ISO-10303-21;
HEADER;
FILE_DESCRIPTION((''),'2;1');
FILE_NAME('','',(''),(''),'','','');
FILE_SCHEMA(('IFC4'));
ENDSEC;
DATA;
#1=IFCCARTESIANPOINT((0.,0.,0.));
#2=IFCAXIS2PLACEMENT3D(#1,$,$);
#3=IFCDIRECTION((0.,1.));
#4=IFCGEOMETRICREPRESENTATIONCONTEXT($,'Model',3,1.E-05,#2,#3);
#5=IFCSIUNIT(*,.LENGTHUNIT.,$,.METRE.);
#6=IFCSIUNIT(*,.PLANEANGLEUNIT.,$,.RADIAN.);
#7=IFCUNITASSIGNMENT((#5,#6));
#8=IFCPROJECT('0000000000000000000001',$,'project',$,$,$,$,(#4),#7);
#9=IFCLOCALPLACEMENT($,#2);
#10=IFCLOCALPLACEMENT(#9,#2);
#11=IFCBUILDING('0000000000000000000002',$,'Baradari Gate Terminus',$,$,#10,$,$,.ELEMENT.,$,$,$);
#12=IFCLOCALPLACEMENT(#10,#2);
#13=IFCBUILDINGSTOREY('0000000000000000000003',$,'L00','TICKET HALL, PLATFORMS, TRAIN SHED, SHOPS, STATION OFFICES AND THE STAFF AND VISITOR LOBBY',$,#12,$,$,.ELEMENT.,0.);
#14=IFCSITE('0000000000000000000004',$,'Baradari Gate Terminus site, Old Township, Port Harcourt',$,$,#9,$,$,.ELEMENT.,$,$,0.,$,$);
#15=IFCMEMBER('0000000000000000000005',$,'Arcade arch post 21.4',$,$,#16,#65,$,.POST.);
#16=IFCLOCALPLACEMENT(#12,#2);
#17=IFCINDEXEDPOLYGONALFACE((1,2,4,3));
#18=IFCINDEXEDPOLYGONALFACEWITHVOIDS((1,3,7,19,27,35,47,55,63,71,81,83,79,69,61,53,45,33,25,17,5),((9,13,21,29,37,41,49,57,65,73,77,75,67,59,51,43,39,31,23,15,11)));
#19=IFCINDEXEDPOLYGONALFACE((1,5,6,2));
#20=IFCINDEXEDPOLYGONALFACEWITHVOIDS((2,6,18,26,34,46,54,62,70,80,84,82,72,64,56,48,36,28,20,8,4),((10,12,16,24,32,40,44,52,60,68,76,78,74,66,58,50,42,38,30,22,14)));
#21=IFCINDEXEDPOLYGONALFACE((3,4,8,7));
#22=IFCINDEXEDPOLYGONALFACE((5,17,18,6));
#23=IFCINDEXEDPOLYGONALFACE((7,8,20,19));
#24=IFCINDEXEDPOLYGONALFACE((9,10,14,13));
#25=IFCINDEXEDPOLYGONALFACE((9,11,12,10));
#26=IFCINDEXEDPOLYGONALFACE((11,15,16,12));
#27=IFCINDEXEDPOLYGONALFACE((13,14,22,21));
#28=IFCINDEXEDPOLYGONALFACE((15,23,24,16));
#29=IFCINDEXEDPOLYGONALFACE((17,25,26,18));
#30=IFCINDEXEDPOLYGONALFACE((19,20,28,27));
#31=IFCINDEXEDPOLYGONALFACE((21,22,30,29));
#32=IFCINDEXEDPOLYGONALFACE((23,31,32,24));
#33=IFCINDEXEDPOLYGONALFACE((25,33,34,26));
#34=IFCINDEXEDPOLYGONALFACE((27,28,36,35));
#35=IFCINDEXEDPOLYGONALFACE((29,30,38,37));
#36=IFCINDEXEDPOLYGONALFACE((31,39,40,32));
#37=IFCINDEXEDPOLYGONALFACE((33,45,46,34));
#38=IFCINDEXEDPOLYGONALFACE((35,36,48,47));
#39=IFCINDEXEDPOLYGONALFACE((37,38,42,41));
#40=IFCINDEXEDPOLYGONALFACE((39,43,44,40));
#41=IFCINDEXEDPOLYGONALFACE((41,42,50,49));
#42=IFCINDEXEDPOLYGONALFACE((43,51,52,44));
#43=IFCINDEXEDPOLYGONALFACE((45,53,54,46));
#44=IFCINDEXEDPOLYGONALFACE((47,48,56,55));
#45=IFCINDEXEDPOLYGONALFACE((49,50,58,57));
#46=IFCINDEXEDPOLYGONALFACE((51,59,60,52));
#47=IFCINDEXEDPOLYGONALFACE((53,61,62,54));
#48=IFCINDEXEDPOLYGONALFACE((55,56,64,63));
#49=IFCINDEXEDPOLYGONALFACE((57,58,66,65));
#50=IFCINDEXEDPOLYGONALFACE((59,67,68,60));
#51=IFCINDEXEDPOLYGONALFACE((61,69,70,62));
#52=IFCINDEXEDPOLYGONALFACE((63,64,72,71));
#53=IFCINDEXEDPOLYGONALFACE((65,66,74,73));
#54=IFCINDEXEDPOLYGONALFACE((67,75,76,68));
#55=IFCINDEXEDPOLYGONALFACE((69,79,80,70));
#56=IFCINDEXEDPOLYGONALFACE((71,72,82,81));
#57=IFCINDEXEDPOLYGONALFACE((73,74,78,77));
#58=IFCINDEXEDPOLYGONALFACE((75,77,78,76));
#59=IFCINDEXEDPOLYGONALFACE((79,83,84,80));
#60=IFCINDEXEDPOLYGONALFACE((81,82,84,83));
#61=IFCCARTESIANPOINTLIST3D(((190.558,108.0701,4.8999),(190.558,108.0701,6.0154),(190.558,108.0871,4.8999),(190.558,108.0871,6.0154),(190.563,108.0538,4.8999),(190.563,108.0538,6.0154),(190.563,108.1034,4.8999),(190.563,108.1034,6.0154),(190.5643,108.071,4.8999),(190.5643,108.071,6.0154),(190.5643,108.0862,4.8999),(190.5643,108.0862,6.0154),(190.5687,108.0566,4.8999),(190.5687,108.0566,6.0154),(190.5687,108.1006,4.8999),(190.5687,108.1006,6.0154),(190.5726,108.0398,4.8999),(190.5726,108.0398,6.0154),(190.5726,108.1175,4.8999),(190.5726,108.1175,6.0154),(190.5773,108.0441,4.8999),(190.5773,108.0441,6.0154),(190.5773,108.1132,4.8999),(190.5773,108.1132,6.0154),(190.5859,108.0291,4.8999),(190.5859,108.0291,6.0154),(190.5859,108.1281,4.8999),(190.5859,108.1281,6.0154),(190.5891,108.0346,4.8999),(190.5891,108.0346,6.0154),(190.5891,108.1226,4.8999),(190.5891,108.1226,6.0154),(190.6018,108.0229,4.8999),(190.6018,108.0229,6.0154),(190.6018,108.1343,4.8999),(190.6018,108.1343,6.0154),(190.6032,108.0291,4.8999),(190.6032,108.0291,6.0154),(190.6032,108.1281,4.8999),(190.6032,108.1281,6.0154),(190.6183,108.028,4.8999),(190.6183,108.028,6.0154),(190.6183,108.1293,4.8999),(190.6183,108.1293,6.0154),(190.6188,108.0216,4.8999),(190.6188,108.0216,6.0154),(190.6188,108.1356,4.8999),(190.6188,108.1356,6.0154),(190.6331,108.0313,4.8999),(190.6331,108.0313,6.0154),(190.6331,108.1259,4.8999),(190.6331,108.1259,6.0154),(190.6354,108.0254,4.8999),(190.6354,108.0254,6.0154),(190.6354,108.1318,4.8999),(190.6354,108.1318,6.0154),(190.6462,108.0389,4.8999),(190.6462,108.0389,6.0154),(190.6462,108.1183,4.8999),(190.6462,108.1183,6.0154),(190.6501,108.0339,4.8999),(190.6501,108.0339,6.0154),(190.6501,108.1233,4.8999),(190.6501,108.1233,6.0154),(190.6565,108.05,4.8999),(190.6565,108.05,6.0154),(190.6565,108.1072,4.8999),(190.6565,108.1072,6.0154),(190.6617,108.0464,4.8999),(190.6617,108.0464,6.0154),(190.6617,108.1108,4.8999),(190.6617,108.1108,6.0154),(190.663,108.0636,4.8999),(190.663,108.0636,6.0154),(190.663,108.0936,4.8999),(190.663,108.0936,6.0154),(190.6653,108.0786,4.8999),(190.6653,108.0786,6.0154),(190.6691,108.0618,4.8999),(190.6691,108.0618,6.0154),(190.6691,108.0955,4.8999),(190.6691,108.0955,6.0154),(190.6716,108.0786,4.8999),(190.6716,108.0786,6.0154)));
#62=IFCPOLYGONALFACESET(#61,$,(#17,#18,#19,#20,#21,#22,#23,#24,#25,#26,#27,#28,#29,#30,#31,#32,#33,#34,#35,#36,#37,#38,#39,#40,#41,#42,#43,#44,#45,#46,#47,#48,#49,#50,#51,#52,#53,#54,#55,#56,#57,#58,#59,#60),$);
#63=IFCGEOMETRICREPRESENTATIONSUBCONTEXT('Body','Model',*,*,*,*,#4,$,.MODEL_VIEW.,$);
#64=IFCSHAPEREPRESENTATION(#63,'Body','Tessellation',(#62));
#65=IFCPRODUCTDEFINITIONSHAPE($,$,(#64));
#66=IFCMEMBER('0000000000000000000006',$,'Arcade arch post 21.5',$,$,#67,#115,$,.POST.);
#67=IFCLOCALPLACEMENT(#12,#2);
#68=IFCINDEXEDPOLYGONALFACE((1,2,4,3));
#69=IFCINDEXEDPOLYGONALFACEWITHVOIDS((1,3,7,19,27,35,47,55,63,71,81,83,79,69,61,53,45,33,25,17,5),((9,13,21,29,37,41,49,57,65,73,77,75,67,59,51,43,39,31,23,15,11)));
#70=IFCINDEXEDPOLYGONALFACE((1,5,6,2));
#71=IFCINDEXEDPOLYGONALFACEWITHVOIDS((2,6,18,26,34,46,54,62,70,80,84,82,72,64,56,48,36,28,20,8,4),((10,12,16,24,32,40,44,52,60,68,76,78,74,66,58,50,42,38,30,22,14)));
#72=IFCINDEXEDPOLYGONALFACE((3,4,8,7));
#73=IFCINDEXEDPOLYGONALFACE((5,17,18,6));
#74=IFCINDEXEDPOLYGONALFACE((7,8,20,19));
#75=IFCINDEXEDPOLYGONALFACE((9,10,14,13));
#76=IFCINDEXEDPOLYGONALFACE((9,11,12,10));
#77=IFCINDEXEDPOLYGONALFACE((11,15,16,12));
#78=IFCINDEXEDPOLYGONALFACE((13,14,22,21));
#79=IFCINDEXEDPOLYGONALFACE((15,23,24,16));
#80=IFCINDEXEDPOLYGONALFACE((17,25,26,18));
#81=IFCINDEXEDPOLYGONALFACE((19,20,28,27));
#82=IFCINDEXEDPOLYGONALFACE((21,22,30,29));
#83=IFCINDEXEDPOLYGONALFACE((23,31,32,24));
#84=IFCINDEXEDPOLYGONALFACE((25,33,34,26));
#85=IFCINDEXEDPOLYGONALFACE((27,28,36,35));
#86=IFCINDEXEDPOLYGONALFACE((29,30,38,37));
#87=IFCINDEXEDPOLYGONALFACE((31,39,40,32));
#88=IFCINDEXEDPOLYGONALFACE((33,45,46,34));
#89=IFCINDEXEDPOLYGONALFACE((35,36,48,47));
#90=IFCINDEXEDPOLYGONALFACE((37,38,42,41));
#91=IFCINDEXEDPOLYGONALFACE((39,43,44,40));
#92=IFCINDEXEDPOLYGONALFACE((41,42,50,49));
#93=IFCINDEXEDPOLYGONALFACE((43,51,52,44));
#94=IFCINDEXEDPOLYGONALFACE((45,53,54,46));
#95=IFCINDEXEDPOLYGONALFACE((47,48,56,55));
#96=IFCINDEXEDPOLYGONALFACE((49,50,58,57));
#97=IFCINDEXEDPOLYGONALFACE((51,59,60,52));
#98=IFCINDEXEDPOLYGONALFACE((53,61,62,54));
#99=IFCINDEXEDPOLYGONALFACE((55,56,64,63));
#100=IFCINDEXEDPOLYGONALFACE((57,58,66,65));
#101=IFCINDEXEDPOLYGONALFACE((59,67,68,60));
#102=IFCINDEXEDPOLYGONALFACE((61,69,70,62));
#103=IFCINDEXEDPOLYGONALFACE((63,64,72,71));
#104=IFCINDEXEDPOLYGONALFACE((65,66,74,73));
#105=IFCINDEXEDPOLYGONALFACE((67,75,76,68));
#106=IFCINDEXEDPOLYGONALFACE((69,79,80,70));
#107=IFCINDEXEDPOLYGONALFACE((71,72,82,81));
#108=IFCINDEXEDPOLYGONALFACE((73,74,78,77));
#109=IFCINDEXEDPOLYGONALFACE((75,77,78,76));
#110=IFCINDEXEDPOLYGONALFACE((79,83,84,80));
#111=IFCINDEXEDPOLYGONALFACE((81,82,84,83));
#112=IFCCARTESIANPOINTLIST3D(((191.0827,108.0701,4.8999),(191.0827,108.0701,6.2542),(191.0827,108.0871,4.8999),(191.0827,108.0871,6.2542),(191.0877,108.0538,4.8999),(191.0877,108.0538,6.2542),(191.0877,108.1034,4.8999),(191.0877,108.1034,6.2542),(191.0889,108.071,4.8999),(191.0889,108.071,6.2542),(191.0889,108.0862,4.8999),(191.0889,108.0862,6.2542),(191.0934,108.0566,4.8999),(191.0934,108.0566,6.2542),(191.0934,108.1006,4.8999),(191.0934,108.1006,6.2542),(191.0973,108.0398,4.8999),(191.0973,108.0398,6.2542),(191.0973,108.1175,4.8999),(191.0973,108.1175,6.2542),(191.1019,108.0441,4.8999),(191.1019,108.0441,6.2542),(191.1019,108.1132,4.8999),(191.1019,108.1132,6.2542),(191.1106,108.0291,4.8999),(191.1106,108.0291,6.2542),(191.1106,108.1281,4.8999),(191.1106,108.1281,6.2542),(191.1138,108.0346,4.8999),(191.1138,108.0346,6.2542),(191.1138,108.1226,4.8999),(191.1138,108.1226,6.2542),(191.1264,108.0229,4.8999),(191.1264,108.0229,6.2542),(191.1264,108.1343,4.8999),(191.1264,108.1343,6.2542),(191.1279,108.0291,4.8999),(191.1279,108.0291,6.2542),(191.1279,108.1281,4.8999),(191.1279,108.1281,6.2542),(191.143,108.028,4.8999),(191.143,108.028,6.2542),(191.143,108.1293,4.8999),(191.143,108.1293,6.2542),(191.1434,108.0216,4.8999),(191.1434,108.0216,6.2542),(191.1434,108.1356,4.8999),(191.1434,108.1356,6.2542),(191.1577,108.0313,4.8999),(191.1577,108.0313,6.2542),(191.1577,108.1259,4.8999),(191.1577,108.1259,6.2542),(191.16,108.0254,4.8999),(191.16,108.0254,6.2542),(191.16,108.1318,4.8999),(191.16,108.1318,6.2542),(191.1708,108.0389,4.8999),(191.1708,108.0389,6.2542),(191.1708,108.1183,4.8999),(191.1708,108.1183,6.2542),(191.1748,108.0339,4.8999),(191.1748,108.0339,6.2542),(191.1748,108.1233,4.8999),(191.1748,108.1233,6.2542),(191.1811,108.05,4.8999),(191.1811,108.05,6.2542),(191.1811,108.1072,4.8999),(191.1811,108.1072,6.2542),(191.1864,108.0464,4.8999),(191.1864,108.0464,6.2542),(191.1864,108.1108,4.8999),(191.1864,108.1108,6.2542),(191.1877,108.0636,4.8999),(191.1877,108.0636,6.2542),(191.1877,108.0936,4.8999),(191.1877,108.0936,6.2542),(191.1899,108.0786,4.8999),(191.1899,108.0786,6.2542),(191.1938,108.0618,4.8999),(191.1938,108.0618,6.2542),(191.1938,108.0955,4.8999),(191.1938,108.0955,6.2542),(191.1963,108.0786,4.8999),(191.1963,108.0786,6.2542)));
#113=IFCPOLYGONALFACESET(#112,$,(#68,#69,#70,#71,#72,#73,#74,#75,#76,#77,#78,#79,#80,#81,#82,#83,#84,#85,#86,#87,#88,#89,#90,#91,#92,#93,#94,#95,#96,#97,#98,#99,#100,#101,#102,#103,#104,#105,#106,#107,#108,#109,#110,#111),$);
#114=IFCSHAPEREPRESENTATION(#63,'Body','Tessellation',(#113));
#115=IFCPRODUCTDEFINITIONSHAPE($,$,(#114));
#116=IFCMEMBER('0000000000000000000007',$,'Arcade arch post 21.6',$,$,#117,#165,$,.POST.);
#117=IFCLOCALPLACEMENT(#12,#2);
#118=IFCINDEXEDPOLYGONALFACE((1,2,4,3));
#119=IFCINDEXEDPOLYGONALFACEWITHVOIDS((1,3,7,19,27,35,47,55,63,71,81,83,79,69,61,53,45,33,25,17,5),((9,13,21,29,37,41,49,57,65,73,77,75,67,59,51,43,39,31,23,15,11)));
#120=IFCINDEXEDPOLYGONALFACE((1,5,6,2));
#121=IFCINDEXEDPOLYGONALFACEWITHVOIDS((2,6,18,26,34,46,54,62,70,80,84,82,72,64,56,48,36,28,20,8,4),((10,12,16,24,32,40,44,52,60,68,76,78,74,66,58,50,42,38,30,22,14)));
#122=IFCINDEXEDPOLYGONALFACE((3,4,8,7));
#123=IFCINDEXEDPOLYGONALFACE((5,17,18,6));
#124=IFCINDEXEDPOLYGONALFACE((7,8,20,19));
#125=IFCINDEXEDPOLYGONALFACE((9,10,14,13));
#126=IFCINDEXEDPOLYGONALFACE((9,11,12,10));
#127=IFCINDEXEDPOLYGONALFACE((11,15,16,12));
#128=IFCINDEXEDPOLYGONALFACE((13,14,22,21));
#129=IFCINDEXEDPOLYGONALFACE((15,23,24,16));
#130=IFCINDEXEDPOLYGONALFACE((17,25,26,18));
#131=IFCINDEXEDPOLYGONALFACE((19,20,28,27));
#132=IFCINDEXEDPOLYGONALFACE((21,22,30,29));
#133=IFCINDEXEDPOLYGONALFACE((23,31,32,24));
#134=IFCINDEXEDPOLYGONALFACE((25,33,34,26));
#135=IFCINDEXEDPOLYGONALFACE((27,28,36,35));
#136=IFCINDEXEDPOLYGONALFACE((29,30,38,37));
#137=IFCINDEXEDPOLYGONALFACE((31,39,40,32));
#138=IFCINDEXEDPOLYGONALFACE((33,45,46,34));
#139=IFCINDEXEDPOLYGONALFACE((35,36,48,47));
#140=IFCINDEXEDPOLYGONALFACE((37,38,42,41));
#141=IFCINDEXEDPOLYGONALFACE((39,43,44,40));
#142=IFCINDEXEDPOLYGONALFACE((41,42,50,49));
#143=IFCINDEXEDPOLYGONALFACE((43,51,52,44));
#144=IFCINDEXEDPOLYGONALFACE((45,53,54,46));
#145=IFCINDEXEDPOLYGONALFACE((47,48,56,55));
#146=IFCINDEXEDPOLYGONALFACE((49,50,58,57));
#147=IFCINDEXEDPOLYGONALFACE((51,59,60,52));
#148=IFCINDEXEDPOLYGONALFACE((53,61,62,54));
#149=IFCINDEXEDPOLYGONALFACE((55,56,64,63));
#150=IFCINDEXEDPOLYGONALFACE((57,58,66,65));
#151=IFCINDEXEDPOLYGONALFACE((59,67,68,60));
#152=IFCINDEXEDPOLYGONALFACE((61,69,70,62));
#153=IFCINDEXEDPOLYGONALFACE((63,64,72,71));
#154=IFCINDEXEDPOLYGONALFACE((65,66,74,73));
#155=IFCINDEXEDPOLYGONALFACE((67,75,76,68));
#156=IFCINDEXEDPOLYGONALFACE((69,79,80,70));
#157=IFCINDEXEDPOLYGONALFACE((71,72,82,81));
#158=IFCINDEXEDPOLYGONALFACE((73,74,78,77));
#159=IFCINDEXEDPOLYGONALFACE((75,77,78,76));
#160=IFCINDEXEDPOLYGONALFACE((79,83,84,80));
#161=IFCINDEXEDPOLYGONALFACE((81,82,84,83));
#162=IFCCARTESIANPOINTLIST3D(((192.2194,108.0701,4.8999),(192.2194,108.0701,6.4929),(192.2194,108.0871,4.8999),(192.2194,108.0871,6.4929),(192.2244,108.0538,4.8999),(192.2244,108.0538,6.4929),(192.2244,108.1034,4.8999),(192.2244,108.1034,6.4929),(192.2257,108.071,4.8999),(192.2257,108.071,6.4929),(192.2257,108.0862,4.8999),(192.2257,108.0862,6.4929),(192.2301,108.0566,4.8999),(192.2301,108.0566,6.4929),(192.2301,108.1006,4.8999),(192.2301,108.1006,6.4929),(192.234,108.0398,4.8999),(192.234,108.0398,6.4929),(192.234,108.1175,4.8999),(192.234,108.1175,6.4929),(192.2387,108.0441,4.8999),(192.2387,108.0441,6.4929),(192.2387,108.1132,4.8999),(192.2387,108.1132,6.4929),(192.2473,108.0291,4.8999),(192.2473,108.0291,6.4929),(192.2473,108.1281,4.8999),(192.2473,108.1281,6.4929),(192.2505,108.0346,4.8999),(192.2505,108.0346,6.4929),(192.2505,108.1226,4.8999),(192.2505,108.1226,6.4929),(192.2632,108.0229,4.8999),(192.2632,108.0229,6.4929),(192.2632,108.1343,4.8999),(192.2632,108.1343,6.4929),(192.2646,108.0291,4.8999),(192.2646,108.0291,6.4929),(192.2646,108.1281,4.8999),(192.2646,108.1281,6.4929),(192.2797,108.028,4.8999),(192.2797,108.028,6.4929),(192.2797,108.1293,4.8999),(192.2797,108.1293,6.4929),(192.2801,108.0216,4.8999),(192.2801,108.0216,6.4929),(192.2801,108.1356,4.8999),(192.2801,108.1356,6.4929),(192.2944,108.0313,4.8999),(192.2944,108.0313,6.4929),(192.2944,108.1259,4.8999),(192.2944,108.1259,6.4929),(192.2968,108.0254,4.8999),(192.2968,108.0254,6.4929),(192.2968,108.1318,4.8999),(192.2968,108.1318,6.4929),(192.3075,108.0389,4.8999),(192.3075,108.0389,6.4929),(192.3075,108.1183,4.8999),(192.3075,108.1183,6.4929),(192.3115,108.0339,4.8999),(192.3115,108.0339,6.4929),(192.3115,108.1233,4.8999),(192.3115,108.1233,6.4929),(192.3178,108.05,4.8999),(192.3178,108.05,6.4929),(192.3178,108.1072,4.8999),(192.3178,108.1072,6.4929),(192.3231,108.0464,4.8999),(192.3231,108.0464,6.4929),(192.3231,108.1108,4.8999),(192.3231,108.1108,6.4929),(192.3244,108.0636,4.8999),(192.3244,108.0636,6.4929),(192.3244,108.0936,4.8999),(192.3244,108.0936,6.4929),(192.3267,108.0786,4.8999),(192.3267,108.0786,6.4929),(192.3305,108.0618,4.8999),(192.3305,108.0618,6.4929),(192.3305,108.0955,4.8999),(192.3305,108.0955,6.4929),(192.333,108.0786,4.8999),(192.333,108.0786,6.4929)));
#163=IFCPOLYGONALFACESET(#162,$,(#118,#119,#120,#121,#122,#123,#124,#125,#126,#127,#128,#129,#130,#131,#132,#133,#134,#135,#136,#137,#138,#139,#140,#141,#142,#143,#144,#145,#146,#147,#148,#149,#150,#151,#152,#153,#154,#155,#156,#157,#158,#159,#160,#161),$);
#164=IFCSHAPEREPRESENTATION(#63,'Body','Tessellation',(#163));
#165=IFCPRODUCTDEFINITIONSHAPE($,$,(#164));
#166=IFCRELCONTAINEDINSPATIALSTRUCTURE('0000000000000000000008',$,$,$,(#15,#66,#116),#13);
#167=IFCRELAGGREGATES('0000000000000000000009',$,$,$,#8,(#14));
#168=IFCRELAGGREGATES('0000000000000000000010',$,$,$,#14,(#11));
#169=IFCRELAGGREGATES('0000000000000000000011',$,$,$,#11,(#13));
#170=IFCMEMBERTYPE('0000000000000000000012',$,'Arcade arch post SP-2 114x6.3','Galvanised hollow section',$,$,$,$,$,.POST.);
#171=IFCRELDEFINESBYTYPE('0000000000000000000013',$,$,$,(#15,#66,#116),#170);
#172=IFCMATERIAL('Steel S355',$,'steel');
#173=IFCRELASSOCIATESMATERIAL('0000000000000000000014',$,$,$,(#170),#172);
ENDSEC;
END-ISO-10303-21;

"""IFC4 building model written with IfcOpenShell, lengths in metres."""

from ifc_helpers import new_model, si_unit, direction, frame, origin, origin_2d, place, context, subcontext, project, spatial, hollow_circle, extrude, material, material_profile, profile_set, type_object, element, save


model = new_model("IFC4")

# Units and contexts
model_context = context("Model", 3, precision=1e-05, world=origin(), true_north=direction((0.0, 1.0)))
body_context = subcontext(model_context, "Body", "Model", "MODEL_VIEW")
ifc_project = project(units=[si_unit("LENGTHUNIT", "METRE"), si_unit("PLANEANGLEUNIT", "RADIAN")], contexts=[model_context])

# Site, building, storey
site_placement = place(None, origin())
site = spatial("IfcSite", under=ifc_project, at=site_placement, Name="Baradari Gate Terminus site, Old Township, Port Harcourt", CompositionType="ELEMENT", RefElevation=0.0)
building_placement = place(site_placement, origin())
building = spatial("IfcBuilding", under=site, at=building_placement, Name="Baradari Gate Terminus", CompositionType="ELEMENT")
storey_placement = place(building_placement, origin())
storey = spatial("IfcBuildingStorey", under=building, at=storey_placement, Name="L00", Description="TICKET HALL, PLATFORMS, TRAIN SHED, SHOPS, STATION OFFICES AND THE STAFF AND VISITOR LOBBY", CompositionType="ELEMENT", Elevation=0.0)

# Members
ifc_material_1 = material(Name="Steel S355", Category="steel")
ifc_material_profile_1 = material_profile(ifc_material_1, hollow_circle(Radius=0.0571, WallThickness=0.0063, at=origin_2d()), Name="CHS 114.3x6.3")
ifc_profile_set_1 = profile_set([ifc_material_profile_1], Name="Steel S355")
member_type_1 = type_object("IfcMemberType", Name="Arcade arch post SP-2 114x6.3", Description="Galvanised hollow section", PredefinedType="POST", material=ifc_profile_set_1)
member_1_placement = place(storey_placement, frame((190.6145, 108.0786, 4.8999), z_axis=(0.0, 0.0, 1.0), x_axis=(1.0, 0.0, 0.0)))
element("IfcMember", 1, at=member_1_placement, inside=storey, type_object=member_type_1, Name="Arcade arch post 21.4", PredefinedType="POST", context=body_context, shape_type="SweptSolid", body=[
    extrude(hollow_circle(Radius=0.0571, WallThickness=0.0063, at=origin_2d()), origin(), (0.0, 0.0, 1.0), 1.1155),
])
member_2_placement = place(storey_placement, frame((191.1392, 108.0786, 4.8999), z_axis=(0.0, 0.0, 1.0), x_axis=(1.0, 0.0, 0.0)))
element("IfcMember", 2, at=member_2_placement, inside=storey, type_object=member_type_1, Name="Arcade arch post 21.5", PredefinedType="POST", context=body_context, shape_type="SweptSolid", body=[
    extrude(hollow_circle(Radius=0.0571, WallThickness=0.0063, at=origin_2d()), origin(), (0.0, 0.0, 1.0), 1.3542),
])
member_3_placement = place(storey_placement, frame((192.2759, 108.0786, 4.8999), z_axis=(0.0, 0.0, 1.0), x_axis=(1.0, 0.0, 0.0)))
element("IfcMember", 3, at=member_3_placement, inside=storey, type_object=member_type_1, Name="Arcade arch post 21.6", PredefinedType="POST", context=body_context, shape_type="SweptSolid", body=[
    extrude(hollow_circle(Radius=0.0571, WallThickness=0.0063, at=origin_2d()), origin(), (0.0, 0.0, 1.0), 1.593),
])

save(model, "model.ifc")
